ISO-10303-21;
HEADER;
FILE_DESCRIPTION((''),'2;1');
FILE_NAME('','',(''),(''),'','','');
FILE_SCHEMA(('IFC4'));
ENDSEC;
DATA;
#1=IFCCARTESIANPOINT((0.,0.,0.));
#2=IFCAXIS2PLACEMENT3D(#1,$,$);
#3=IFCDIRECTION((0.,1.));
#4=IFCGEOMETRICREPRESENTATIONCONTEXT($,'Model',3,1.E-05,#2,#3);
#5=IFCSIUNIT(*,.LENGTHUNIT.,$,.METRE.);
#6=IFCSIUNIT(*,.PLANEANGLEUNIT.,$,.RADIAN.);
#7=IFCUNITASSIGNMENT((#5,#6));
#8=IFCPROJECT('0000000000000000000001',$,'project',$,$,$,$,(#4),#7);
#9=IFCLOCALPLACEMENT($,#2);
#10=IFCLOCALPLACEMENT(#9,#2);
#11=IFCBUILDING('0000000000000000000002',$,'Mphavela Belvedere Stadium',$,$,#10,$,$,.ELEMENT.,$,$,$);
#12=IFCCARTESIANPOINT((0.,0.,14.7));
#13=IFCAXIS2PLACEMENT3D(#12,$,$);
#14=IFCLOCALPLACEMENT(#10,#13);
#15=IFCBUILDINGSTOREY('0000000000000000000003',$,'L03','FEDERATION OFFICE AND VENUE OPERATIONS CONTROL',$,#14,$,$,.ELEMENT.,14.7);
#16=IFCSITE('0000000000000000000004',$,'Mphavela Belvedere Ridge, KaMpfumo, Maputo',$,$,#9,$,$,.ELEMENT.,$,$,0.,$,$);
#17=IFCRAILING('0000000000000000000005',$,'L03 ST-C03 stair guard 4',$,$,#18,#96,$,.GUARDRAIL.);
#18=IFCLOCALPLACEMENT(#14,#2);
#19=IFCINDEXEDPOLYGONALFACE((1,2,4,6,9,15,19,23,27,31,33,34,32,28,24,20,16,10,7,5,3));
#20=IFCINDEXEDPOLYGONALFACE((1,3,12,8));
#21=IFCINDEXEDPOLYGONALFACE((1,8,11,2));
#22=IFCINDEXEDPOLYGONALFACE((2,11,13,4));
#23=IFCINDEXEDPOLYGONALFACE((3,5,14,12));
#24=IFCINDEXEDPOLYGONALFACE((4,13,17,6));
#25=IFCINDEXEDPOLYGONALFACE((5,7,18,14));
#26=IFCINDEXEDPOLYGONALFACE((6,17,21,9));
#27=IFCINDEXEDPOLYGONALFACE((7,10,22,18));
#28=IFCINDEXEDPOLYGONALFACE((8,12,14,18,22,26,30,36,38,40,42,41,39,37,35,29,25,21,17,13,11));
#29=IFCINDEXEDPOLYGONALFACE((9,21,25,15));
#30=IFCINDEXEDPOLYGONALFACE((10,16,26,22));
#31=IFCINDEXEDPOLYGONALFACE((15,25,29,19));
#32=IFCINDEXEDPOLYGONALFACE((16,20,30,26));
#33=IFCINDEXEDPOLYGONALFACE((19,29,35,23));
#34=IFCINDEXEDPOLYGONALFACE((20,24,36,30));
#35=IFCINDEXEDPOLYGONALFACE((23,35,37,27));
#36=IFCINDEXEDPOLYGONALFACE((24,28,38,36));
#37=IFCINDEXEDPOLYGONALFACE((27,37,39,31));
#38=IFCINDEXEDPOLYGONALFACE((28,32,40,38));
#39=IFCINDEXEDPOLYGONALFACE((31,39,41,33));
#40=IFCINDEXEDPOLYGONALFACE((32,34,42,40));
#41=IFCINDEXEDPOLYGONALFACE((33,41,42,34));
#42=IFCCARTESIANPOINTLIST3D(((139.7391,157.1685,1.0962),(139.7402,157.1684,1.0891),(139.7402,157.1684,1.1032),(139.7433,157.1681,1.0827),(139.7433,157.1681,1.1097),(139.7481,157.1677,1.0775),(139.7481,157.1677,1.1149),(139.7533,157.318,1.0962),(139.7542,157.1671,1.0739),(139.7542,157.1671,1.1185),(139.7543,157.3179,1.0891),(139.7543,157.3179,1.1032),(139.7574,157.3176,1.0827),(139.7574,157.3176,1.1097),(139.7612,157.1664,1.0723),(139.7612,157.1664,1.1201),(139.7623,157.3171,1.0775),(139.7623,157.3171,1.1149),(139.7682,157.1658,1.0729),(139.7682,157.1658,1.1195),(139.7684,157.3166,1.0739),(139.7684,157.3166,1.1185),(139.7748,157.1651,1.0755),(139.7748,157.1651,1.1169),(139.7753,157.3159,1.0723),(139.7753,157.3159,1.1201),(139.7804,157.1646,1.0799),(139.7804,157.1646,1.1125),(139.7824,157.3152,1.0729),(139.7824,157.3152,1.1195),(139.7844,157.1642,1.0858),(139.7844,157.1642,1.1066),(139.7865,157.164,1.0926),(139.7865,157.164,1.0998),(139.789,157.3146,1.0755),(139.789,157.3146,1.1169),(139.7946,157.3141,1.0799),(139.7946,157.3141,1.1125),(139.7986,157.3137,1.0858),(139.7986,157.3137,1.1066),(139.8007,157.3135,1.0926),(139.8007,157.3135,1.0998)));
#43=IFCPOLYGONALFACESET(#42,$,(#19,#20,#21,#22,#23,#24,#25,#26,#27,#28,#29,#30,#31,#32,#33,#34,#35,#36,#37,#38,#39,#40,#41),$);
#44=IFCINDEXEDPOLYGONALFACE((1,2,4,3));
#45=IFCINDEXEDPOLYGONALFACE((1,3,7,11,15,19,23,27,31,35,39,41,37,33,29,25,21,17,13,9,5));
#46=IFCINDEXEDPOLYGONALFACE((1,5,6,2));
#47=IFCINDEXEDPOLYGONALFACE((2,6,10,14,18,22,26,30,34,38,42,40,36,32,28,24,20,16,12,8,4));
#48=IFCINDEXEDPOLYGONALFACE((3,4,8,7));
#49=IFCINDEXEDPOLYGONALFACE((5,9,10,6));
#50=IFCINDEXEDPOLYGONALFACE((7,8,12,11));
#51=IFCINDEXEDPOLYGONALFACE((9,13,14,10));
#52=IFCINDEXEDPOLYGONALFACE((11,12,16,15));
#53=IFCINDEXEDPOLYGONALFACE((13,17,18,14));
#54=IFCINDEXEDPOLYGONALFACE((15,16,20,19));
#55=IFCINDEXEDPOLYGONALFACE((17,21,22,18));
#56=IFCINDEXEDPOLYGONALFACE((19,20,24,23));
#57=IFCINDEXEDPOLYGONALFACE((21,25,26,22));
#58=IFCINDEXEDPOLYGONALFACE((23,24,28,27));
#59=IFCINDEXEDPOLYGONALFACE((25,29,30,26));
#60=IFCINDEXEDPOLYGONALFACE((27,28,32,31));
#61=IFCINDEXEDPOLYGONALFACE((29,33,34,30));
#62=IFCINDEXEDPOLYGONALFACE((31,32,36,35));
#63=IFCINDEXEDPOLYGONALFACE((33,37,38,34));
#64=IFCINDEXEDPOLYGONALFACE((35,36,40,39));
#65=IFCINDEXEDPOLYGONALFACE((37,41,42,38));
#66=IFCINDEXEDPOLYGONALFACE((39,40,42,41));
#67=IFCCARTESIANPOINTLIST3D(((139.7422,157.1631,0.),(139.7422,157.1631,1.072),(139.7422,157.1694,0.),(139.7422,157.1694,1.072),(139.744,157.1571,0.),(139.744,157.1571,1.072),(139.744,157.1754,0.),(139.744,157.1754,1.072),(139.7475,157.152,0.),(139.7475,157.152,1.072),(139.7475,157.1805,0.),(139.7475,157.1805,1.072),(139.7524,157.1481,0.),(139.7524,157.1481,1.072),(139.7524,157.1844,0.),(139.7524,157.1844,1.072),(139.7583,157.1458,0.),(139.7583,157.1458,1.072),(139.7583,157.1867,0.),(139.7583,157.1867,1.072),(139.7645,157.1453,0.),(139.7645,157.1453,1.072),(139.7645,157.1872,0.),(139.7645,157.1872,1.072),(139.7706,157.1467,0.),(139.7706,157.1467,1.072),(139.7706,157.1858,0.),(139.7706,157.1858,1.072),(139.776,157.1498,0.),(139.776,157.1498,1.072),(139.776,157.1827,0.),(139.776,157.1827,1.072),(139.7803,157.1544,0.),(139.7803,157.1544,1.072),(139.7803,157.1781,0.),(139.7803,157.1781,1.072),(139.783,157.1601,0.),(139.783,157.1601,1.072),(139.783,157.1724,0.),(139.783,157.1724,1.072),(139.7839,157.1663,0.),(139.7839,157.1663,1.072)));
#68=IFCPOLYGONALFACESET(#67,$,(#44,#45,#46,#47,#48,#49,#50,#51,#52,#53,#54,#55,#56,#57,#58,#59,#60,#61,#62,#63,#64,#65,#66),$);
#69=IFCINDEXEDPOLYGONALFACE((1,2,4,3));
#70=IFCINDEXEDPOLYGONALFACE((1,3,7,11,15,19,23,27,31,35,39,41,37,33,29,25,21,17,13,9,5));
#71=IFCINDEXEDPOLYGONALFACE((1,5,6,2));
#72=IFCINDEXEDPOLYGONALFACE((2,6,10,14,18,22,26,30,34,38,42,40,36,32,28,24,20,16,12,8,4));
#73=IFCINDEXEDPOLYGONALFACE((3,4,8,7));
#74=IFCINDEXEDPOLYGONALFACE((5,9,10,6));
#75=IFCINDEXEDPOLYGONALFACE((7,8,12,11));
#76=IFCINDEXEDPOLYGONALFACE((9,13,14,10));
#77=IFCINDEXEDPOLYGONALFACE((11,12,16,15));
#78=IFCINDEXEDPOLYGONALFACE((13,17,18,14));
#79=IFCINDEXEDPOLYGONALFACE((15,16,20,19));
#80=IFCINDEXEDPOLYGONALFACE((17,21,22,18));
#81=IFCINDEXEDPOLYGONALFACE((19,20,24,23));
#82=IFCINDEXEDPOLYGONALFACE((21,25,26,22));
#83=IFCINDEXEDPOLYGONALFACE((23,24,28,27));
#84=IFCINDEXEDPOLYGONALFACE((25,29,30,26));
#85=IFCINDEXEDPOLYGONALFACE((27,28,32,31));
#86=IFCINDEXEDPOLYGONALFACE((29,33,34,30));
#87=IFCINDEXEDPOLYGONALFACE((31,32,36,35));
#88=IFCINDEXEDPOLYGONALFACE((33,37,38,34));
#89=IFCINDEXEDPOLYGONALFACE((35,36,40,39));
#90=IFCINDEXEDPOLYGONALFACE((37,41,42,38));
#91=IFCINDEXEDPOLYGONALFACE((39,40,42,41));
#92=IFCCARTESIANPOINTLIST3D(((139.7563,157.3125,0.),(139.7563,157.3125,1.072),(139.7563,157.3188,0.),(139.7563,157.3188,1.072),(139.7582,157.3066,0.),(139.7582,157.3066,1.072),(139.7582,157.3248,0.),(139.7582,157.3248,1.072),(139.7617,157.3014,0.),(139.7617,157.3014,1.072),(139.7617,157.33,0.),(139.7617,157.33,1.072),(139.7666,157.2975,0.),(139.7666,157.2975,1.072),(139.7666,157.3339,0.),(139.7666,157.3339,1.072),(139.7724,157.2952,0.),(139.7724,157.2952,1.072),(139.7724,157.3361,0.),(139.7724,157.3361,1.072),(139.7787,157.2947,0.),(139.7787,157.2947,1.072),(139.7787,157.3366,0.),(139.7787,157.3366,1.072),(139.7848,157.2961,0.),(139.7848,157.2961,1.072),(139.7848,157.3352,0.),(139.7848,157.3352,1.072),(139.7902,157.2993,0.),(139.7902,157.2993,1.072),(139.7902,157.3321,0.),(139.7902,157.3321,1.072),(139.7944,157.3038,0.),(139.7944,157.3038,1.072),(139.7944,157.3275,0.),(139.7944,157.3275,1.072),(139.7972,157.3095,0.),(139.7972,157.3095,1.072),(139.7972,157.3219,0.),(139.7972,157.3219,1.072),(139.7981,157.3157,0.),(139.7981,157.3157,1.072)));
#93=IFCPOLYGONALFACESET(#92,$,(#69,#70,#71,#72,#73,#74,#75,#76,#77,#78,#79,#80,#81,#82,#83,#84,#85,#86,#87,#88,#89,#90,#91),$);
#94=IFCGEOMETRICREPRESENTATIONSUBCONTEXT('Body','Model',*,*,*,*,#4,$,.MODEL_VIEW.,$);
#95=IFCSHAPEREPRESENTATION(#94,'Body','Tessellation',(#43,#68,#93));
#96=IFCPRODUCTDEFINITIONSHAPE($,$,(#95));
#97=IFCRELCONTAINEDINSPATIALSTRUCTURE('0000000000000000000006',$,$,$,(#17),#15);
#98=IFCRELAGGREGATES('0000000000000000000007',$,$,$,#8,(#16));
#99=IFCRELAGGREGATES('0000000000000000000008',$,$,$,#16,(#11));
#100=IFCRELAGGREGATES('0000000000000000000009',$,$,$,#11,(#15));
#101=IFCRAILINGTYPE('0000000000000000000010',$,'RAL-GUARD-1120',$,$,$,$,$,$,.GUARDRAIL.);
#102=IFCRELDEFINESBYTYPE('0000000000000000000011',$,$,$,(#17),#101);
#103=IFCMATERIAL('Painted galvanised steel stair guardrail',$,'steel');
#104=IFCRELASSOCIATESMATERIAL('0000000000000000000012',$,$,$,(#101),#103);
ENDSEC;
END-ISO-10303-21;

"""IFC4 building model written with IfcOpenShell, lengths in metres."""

from ifc_helpers import new_model, si_unit, direction, frame, origin, origin_2d, place, context, subcontext, project, spatial, circle, extrude, material, type_object, element, save


model = new_model("IFC4")

# Units and contexts
model_context = context("Model", 3, precision=1e-05, world=origin(), true_north=direction((0.0, 1.0)))
body_context = subcontext(model_context, "Body", "Model", "MODEL_VIEW")
ifc_project = project(units=[si_unit("LENGTHUNIT", "METRE"), si_unit("PLANEANGLEUNIT", "RADIAN")], contexts=[model_context])

# Site, building, storey
site_placement = place(None, origin())
site = spatial("IfcSite", under=ifc_project, at=site_placement, Name="Mphavela Belvedere Ridge, KaMpfumo, Maputo", CompositionType="ELEMENT", RefElevation=0.0)
building_placement = place(site_placement, origin())
building = spatial("IfcBuilding", under=site, at=building_placement, Name="Mphavela Belvedere Stadium", CompositionType="ELEMENT")
storey_placement = place(building_placement, frame((0.0, 0.0, 14.7)))
storey = spatial("IfcBuildingStorey", under=building, at=storey_placement, Name="L03", Description="FEDERATION OFFICE AND VENUE OPERATIONS CONTROL", CompositionType="ELEMENT", Elevation=14.7)

# Railing
ifc_material_1 = material(Name="Painted galvanised steel stair guardrail", Category="steel")
railing_type_1 = type_object("IfcRailingType", Name="RAL-GUARD-1120", PredefinedType="GUARDRAIL", material=ifc_material_1)
railing_1_placement = place(storey_placement, frame((139.7629, 157.1663, 0.0)))
element("IfcRailing", 1, at=railing_1_placement, inside=storey, type_object=railing_type_1, Name="L03 ST-C03 stair guard 4", PredefinedType="GUARDRAIL", context=body_context, shape_type="SweptSolid", body=[
    extrude(circle(Radius=0.0239, at=origin_2d()), frame((0.0, 0.0, 1.0962), z_axis=(0.094348, 0.995539, 0.0), x_axis=(-0.995539, 0.094348, 0.0)), (0.0, 0.0, 1.0), 0.1501),
    extrude(circle(Radius=0.021, at=origin_2d()), origin(), (0.0, 0.0, 1.0), 1.072),
    extrude(circle(Radius=0.021, at=origin_2d()), frame((0.0142, 0.1494, 0.0)), (0.0, 0.0, 1.0), 1.072),
])

save(model, "model.ifc")
